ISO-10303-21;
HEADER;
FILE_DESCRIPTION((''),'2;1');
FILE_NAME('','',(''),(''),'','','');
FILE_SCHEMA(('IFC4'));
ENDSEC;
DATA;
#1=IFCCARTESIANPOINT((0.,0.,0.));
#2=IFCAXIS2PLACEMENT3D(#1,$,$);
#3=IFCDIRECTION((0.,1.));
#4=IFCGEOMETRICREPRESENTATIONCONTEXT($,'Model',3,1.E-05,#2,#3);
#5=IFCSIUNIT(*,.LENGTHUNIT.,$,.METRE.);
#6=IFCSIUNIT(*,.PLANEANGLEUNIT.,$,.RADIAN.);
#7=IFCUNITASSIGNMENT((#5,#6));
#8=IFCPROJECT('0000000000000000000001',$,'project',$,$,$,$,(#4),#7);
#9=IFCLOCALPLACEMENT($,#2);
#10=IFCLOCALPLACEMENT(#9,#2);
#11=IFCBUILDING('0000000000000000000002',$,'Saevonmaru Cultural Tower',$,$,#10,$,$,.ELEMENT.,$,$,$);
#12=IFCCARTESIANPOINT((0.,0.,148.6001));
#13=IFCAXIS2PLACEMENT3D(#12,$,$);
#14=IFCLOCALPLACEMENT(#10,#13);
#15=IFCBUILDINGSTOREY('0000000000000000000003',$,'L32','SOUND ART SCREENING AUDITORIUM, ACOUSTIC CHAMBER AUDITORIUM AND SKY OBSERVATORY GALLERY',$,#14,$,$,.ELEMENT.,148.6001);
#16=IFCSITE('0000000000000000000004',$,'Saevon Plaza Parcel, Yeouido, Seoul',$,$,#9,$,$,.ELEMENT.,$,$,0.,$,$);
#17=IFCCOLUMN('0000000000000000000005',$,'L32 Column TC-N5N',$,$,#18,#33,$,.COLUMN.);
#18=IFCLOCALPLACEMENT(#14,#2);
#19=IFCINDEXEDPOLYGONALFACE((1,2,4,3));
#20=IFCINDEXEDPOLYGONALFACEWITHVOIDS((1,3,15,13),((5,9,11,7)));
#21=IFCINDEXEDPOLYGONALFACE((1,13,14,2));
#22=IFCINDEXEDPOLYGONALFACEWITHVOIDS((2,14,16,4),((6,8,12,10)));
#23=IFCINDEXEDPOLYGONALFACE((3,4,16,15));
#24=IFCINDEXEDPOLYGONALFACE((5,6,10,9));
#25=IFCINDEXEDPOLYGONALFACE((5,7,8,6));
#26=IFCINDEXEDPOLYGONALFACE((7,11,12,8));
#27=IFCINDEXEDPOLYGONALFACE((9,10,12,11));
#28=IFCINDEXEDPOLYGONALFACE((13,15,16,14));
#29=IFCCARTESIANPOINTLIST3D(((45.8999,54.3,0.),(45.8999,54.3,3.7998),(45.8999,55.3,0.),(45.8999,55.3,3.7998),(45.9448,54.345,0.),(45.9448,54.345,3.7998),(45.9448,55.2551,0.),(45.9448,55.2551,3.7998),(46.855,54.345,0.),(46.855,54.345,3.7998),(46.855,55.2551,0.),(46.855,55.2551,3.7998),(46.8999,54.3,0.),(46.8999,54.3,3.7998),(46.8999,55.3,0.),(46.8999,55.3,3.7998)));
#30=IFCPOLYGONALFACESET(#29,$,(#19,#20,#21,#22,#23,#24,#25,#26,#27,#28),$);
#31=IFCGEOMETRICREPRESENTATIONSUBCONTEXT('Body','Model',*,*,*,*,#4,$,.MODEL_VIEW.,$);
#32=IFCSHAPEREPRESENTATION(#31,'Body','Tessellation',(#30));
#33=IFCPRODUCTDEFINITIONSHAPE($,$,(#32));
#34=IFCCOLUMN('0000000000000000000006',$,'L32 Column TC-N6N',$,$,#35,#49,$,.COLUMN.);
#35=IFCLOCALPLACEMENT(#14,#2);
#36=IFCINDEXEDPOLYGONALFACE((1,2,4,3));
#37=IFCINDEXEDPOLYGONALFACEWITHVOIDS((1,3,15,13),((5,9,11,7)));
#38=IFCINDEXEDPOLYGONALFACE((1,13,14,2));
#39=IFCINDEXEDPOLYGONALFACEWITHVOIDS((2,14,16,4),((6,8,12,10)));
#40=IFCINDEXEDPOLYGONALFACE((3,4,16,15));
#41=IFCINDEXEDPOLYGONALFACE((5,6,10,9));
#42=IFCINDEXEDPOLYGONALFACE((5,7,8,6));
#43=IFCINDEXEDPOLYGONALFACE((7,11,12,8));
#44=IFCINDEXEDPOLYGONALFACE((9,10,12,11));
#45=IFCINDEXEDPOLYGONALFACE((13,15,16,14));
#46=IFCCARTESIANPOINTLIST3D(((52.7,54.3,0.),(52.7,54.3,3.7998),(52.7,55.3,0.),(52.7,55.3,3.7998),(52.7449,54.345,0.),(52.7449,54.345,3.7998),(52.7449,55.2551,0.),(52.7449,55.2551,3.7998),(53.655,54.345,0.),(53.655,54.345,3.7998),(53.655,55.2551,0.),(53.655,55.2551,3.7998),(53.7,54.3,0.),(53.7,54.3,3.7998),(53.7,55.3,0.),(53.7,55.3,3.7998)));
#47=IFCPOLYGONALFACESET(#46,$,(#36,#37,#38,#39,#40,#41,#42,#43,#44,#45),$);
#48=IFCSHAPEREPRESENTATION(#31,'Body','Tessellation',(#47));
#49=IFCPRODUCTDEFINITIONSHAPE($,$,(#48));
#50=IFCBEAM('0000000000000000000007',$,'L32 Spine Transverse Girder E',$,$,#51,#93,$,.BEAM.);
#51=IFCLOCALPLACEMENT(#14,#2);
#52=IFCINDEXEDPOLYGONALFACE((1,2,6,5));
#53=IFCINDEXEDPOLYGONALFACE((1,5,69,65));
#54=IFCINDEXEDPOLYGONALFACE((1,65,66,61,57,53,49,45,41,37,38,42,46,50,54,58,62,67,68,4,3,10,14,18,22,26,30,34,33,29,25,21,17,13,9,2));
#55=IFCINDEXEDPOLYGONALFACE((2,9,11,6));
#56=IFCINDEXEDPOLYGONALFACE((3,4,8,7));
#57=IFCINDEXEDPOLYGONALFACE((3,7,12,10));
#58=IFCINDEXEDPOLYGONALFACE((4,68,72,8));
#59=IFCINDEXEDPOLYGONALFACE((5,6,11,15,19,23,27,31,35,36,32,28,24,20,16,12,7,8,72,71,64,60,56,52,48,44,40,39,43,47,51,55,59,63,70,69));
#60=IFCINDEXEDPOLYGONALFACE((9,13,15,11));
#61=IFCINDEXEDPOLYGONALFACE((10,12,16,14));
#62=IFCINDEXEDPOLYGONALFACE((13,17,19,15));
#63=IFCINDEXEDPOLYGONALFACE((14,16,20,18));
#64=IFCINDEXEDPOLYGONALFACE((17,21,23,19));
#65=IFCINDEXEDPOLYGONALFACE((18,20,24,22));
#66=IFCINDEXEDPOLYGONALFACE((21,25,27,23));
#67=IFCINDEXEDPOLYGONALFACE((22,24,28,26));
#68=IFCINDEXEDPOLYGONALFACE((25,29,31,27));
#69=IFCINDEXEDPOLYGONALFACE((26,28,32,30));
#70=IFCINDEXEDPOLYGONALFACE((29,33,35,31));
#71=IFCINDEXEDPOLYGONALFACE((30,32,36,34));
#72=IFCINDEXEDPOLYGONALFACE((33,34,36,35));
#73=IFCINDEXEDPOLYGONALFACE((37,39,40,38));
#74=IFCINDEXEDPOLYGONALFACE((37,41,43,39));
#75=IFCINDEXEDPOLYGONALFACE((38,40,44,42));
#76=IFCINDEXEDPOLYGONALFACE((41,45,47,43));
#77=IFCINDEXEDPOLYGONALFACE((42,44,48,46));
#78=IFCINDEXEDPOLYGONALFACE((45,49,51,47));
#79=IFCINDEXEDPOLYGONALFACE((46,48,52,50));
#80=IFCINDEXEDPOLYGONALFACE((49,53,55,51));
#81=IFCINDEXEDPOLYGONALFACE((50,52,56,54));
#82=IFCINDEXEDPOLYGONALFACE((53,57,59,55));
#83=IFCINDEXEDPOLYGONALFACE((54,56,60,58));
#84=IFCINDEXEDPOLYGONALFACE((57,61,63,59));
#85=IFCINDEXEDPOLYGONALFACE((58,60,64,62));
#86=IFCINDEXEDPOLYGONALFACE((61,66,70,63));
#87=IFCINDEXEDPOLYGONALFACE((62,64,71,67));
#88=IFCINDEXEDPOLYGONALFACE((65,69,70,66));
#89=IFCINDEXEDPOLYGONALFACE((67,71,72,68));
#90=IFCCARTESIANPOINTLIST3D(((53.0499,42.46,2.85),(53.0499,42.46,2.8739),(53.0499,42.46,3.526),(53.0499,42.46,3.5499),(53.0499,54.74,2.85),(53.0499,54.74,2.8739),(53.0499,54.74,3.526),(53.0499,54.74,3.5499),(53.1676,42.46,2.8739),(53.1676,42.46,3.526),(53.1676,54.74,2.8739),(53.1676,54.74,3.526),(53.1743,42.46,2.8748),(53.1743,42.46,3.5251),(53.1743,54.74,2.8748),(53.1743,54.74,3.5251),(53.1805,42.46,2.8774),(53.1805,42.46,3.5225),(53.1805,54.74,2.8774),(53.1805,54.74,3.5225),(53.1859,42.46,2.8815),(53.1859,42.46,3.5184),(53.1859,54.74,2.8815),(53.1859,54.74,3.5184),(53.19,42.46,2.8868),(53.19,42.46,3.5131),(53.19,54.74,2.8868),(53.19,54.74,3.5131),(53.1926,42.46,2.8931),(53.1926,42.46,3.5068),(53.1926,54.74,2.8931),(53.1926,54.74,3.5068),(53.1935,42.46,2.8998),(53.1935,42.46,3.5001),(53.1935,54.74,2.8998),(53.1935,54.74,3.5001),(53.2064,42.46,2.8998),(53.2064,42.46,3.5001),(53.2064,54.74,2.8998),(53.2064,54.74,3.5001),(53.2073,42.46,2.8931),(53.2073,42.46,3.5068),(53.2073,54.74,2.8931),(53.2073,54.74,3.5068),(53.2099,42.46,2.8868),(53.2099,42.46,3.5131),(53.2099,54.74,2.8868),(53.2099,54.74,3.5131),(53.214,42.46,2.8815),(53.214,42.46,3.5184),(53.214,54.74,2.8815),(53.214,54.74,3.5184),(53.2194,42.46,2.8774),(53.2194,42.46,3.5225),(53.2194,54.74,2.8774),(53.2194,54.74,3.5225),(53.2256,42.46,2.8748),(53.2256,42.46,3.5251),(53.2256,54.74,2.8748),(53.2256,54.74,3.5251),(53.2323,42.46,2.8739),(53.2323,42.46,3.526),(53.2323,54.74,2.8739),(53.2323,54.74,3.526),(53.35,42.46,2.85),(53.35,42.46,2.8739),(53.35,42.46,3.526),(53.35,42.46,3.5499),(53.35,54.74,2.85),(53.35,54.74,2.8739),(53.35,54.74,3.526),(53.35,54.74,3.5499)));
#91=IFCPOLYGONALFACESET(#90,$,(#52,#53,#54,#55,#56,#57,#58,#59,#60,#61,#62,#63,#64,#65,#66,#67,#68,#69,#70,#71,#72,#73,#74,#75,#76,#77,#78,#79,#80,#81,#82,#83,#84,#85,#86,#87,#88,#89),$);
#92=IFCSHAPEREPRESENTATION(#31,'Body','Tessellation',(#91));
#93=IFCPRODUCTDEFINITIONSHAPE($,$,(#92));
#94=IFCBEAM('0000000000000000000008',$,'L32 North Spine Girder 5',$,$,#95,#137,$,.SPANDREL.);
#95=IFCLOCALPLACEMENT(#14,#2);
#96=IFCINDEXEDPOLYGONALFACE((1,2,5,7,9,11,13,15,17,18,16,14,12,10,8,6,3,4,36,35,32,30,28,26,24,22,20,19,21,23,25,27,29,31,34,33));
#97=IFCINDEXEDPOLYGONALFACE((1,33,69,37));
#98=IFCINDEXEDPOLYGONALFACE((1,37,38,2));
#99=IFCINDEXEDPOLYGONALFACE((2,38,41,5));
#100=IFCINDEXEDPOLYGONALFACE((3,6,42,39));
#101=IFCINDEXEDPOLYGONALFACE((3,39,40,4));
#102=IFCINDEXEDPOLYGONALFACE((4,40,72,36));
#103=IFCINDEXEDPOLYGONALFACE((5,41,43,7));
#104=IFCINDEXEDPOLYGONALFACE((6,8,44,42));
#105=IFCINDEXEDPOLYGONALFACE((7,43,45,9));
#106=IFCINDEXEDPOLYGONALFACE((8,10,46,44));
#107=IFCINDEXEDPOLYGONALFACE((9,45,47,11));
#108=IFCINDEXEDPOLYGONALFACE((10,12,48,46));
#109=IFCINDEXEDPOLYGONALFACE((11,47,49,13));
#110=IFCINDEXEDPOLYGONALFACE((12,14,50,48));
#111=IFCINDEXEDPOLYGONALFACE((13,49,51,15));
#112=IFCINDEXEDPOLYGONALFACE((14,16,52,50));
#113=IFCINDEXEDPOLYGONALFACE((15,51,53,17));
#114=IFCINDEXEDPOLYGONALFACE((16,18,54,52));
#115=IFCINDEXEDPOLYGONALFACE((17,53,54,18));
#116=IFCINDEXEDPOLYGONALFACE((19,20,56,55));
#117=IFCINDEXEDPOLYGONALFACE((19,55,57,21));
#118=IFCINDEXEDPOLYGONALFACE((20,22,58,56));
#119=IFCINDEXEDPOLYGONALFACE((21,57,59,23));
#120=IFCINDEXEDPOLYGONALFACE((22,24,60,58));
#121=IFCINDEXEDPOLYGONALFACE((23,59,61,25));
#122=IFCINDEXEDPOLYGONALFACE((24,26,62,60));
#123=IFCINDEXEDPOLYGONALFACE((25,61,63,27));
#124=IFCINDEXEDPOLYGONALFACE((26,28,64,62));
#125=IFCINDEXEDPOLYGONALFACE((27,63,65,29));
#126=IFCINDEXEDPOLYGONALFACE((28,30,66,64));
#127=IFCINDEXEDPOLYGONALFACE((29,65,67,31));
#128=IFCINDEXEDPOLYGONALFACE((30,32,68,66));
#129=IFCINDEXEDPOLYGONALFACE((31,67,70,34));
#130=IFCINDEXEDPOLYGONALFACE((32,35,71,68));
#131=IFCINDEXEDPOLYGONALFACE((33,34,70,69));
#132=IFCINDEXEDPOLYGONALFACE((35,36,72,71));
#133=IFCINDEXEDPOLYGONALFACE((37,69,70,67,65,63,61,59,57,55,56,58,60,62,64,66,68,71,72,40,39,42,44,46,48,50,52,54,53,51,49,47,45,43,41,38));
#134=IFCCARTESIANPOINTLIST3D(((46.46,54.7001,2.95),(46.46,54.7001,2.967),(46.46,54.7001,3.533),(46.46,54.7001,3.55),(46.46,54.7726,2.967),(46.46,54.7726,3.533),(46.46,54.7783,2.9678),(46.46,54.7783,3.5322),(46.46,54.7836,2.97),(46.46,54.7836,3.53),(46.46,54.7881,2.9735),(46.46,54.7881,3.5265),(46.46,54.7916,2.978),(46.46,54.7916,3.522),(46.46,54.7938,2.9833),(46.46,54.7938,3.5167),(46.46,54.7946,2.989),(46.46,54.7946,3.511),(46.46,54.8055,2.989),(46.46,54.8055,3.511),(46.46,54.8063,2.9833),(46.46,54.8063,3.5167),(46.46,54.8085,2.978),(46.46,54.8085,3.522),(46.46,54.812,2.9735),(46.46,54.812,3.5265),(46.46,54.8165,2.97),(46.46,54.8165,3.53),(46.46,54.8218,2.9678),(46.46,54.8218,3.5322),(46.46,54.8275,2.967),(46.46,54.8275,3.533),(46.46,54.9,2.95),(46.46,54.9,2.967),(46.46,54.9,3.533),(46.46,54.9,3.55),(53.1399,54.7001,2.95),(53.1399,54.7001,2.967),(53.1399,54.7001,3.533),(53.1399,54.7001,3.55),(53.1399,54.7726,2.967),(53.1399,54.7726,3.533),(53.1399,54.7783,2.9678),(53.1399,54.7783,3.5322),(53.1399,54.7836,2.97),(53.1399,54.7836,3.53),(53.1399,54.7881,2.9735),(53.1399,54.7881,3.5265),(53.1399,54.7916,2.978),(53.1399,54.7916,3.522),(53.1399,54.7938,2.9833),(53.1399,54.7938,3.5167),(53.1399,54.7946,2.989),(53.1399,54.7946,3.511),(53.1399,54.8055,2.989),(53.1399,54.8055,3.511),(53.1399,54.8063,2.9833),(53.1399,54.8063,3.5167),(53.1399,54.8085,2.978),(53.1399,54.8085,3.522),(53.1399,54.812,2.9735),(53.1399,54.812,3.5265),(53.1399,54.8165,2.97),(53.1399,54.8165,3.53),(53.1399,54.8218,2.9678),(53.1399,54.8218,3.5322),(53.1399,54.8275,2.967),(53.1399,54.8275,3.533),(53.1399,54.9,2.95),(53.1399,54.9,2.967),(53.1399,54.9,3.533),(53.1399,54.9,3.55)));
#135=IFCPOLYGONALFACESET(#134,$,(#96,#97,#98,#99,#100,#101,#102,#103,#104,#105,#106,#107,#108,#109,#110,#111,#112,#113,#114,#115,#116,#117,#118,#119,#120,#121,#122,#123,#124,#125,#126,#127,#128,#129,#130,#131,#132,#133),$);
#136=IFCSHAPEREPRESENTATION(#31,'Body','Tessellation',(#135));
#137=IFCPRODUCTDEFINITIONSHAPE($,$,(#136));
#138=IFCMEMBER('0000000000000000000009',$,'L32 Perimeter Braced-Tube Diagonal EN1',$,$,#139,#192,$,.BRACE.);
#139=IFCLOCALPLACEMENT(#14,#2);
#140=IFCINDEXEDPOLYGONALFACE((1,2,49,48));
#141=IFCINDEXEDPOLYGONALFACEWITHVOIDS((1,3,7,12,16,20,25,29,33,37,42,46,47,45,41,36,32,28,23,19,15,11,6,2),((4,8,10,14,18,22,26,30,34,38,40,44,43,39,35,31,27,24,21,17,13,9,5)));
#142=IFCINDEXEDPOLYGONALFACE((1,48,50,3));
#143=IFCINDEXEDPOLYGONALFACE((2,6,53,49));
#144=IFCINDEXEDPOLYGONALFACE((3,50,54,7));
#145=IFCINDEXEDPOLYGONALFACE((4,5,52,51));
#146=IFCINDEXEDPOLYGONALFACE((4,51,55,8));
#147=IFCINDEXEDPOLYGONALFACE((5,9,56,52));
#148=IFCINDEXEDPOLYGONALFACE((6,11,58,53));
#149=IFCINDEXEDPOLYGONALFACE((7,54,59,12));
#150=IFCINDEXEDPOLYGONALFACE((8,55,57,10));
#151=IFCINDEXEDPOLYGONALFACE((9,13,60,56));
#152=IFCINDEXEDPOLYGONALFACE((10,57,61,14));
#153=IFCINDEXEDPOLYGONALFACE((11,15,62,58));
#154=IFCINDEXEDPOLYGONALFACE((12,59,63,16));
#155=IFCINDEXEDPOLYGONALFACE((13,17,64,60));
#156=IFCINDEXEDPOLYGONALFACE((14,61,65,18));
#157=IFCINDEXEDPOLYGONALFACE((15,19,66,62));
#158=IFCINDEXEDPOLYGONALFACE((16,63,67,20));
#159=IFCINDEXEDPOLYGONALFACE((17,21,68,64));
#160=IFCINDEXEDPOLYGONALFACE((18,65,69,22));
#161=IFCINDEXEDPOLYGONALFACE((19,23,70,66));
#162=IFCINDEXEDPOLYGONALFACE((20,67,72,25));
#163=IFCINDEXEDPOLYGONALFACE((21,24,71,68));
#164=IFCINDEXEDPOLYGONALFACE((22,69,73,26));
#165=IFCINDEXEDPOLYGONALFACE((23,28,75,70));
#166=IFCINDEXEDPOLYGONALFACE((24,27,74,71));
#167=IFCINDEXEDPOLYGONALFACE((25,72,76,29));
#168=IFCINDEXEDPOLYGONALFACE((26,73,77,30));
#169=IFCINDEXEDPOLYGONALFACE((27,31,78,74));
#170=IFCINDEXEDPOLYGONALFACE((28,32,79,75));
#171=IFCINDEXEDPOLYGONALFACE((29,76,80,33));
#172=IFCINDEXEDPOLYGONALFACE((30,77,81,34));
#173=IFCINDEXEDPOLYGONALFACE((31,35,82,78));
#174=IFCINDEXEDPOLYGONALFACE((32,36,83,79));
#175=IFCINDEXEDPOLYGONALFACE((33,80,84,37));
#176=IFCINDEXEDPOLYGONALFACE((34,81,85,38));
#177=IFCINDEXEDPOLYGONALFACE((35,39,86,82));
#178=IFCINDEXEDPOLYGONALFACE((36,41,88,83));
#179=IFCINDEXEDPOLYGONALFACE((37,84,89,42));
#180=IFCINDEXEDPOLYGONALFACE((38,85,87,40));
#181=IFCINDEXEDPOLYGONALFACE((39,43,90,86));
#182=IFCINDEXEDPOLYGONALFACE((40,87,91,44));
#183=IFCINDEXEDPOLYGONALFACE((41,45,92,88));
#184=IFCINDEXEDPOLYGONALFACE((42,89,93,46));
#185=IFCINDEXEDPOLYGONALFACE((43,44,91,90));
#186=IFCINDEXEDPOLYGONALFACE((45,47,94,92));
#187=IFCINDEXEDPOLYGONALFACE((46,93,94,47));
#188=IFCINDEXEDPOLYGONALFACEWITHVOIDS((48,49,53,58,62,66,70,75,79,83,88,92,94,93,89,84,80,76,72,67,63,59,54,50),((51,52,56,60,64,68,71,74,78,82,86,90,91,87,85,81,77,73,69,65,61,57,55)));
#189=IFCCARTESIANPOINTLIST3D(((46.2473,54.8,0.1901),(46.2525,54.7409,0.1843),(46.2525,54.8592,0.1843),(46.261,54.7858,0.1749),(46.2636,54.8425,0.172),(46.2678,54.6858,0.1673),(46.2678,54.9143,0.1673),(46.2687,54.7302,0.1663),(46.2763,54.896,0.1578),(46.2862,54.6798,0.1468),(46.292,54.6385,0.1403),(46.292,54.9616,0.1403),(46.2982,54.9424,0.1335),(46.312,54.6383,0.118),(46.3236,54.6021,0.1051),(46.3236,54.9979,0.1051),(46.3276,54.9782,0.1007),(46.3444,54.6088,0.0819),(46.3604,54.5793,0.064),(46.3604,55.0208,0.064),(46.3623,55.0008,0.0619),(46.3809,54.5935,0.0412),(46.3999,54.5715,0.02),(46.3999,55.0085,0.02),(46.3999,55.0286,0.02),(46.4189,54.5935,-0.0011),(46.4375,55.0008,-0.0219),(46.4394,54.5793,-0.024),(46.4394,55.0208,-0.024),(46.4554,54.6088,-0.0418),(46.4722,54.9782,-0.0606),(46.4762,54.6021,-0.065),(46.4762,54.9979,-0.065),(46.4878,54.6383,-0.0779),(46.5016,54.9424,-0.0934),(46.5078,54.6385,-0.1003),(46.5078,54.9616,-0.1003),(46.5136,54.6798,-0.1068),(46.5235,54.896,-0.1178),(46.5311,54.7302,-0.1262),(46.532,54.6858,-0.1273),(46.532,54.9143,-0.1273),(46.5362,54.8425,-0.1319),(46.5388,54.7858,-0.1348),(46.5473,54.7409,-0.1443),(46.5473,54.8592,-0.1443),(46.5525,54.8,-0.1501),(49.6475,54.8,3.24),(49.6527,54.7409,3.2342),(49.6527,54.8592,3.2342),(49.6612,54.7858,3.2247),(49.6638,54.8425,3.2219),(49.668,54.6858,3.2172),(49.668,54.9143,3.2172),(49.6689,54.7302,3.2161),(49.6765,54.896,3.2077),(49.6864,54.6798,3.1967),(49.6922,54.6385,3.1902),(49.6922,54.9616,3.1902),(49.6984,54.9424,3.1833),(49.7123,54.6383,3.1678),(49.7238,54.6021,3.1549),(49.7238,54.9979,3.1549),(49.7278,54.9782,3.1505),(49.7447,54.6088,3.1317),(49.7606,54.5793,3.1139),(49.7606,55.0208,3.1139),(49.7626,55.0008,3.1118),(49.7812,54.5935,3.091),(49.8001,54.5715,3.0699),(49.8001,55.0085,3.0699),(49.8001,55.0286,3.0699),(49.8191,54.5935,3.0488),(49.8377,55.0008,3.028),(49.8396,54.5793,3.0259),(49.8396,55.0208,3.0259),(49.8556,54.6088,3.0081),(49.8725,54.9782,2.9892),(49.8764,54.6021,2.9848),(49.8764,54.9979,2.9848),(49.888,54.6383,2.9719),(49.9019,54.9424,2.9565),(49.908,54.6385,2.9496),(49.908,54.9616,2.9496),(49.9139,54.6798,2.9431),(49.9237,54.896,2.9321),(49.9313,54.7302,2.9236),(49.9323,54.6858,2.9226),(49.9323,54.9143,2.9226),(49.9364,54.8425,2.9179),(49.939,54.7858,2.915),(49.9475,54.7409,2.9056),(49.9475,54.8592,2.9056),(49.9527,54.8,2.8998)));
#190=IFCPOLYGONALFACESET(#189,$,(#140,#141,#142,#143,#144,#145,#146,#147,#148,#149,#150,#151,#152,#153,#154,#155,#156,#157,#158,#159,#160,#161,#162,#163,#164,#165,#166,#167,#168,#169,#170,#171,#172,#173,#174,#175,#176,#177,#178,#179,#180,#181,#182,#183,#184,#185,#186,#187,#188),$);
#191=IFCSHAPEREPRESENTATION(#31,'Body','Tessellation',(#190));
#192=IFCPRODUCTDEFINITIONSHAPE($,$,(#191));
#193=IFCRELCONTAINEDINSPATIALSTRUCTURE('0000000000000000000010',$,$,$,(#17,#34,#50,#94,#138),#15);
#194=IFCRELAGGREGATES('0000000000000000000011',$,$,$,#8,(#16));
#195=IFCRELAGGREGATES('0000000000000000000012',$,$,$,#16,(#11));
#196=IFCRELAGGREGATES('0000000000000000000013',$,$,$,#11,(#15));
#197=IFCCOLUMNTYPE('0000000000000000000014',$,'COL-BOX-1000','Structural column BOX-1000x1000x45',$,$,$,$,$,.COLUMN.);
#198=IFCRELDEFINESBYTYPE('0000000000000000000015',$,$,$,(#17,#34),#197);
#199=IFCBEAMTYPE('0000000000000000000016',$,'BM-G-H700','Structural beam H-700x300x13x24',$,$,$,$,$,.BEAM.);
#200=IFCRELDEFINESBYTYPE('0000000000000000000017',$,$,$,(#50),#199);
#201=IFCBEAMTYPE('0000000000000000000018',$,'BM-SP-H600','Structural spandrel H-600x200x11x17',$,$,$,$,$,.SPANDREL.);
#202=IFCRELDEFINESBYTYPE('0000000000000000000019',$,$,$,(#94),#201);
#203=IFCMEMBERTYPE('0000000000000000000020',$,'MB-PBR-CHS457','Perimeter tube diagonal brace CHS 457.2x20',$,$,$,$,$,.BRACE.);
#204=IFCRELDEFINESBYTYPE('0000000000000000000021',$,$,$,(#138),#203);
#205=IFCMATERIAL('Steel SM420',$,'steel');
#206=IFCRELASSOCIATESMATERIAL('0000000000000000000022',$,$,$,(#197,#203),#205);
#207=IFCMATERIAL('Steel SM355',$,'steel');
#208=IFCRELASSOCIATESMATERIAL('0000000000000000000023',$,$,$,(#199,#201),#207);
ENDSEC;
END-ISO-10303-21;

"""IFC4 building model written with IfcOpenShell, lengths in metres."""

from ifc_helpers import new_model, si_unit, direction, frame, origin, origin_2d, place, context, subcontext, project, spatial, hollow_rectangle, hollow_circle, i_section, extrude, material, material_profile, profile_set, type_object, element, save


model = new_model("IFC4")

# Units and contexts
model_context = context("Model", 3, precision=1e-05, world=origin(), true_north=direction((0.0, 1.0)))
body_context = subcontext(model_context, "Body", "Model", "MODEL_VIEW")
ifc_project = project(units=[si_unit("LENGTHUNIT", "METRE"), si_unit("PLANEANGLEUNIT", "RADIAN")], contexts=[model_context])

# Site, building, storey
site_placement = place(None, origin())
site = spatial("IfcSite", under=ifc_project, at=site_placement, Name="Saevon Plaza Parcel, Yeouido, Seoul", CompositionType="ELEMENT", RefElevation=0.0)
building_placement = place(site_placement, origin())
building = spatial("IfcBuilding", under=site, at=building_placement, Name="Saevonmaru Cultural Tower", CompositionType="ELEMENT")
storey_placement = place(building_placement, frame((0.0, 0.0, 148.6001)))
storey = spatial("IfcBuildingStorey", under=building, at=storey_placement, Name="L32", Description="SOUND ART SCREENING AUDITORIUM, ACOUSTIC CHAMBER AUDITORIUM AND SKY OBSERVATORY GALLERY", CompositionType="ELEMENT", Elevation=148.6001)

# Columns
ifc_material_1 = material(Name="Steel SM420", Category="steel")
ifc_material_profile_1 = material_profile(ifc_material_1, hollow_rectangle(XDim=1.0, YDim=1.0, WallThickness=0.0449, at=origin_2d()), Name="BOX-1000x1000x45")
ifc_profile_set_1 = profile_set([ifc_material_profile_1], Name="Steel SM420")
column_type = type_object("IfcColumnType", Name="COL-BOX-1000", Description="Structural column BOX-1000x1000x45", PredefinedType="COLUMN", material=ifc_profile_set_1)
for number, where, z_axis, x_axis, name in (
    (1, (46.3999, 54.8, 0.0), (0.0, 0.0, 1.0), (1.0, 0.0, 0.0), "L32 Column TC-N5N"),
    (2, (53.2, 54.8, 0.0), (0.0, 0.0, 1.0), (1.0, 0.0, 0.0), "L32 Column TC-N6N"),
):
    element("IfcColumn", number, at=place(storey_placement, frame(where, z_axis=z_axis, x_axis=x_axis)), inside=storey, type_object=column_type, Name=name, PredefinedType="COLUMN", context=body_context, shape_type="SweptSolid", body=[
        extrude(hollow_rectangle(XDim=1.0, YDim=1.0, WallThickness=0.0449, at=origin_2d()), origin(), (0.0, 0.0, 1.0), 3.7998),
    ])

# Beams
ifc_material_2 = material(Name="Steel SM355", Category="steel")
ifc_material_profile_2 = material_profile(ifc_material_2, i_section(OverallWidth=0.3, OverallDepth=0.7, WebThickness=0.0129, FlangeThickness=0.0239, FilletRadius=0.0259, at=origin_2d()), Name="H-700x300x13x24")
ifc_profile_set_2 = profile_set([ifc_material_profile_2], Name="Steel SM355")
beam_type_1 = type_object("IfcBeamType", Name="BM-G-H700", Description="Structural beam H-700x300x13x24", PredefinedType="BEAM", material=ifc_profile_set_2)
beam_1_placement = place(storey_placement, frame((53.2, 54.74, 3.2), z_axis=(0.0, -1.0, 0.0), x_axis=(1.0, 0.0, 0.0)))
element("IfcBeam", 3, at=beam_1_placement, inside=storey, type_object=beam_type_1, Name="L32 Spine Transverse Girder E", PredefinedType="BEAM", context=body_context, shape_type="SweptSolid", body=[
    extrude(i_section(OverallWidth=0.3, OverallDepth=0.7, WebThickness=0.0129, FlangeThickness=0.0239, FilletRadius=0.0259, at=origin_2d()), origin(), (0.0, 0.0, 1.0), 12.28),
])
ifc_material_profile_3 = material_profile(ifc_material_2, i_section(OverallWidth=0.2, OverallDepth=0.6001, WebThickness=0.011, FlangeThickness=0.0171, FilletRadius=0.022, at=origin_2d()), Name="H-600x200x11x17")
ifc_profile_set_3 = profile_set([ifc_material_profile_3], Name="Steel SM355")
beam_type_2 = type_object("IfcBeamType", Name="BM-SP-H600", Description="Structural spandrel H-600x200x11x17", PredefinedType="SPANDREL", material=ifc_profile_set_3)
beam_2_placement = place(storey_placement, frame((46.46, 54.8, 3.25), z_axis=(1.0, 0.0, 0.0), x_axis=(0.0, 1.0, 0.0)))
element("IfcBeam", 4, at=beam_2_placement, inside=storey, type_object=beam_type_2, Name="L32 North Spine Girder 5", PredefinedType="SPANDREL", context=body_context, shape_type="SweptSolid", body=[
    extrude(i_section(OverallWidth=0.2, OverallDepth=0.6001, WebThickness=0.011, FlangeThickness=0.0171, FilletRadius=0.022, at=origin_2d()), origin(), (0.0, 0.0, 1.0), 6.6799),
])

# Member
ifc_material_profile_4 = material_profile(ifc_material_1, hollow_circle(Radius=0.2285, WallThickness=0.02, at=origin_2d()), Name="CHS-457.2x20")
ifc_profile_set_4 = profile_set([ifc_material_profile_4], Name="Steel SM420")
member_type_1 = type_object("IfcMemberType", Name="MB-PBR-CHS457", Description="Perimeter tube diagonal brace CHS 457.2x20", PredefinedType="BRACE", material=ifc_profile_set_4)
member_1_placement = place(storey_placement, frame((46.3999, 54.8, 0.02), z_axis=(0.744417, 0.0, 0.667715), x_axis=(0.0, 1.0, 0.0)))
element("IfcMember", 5, at=member_1_placement, inside=storey, type_object=member_type_1, Name="L32 Perimeter Braced-Tube Diagonal EN1", PredefinedType="BRACE", context=body_context, shape_type="SweptSolid", body=[
    extrude(hollow_circle(Radius=0.2285, WallThickness=0.02, at=origin_2d()), origin(), (0.0, 0.0, 1.0), 4.5676),
])

save(model, "model.ifc")
